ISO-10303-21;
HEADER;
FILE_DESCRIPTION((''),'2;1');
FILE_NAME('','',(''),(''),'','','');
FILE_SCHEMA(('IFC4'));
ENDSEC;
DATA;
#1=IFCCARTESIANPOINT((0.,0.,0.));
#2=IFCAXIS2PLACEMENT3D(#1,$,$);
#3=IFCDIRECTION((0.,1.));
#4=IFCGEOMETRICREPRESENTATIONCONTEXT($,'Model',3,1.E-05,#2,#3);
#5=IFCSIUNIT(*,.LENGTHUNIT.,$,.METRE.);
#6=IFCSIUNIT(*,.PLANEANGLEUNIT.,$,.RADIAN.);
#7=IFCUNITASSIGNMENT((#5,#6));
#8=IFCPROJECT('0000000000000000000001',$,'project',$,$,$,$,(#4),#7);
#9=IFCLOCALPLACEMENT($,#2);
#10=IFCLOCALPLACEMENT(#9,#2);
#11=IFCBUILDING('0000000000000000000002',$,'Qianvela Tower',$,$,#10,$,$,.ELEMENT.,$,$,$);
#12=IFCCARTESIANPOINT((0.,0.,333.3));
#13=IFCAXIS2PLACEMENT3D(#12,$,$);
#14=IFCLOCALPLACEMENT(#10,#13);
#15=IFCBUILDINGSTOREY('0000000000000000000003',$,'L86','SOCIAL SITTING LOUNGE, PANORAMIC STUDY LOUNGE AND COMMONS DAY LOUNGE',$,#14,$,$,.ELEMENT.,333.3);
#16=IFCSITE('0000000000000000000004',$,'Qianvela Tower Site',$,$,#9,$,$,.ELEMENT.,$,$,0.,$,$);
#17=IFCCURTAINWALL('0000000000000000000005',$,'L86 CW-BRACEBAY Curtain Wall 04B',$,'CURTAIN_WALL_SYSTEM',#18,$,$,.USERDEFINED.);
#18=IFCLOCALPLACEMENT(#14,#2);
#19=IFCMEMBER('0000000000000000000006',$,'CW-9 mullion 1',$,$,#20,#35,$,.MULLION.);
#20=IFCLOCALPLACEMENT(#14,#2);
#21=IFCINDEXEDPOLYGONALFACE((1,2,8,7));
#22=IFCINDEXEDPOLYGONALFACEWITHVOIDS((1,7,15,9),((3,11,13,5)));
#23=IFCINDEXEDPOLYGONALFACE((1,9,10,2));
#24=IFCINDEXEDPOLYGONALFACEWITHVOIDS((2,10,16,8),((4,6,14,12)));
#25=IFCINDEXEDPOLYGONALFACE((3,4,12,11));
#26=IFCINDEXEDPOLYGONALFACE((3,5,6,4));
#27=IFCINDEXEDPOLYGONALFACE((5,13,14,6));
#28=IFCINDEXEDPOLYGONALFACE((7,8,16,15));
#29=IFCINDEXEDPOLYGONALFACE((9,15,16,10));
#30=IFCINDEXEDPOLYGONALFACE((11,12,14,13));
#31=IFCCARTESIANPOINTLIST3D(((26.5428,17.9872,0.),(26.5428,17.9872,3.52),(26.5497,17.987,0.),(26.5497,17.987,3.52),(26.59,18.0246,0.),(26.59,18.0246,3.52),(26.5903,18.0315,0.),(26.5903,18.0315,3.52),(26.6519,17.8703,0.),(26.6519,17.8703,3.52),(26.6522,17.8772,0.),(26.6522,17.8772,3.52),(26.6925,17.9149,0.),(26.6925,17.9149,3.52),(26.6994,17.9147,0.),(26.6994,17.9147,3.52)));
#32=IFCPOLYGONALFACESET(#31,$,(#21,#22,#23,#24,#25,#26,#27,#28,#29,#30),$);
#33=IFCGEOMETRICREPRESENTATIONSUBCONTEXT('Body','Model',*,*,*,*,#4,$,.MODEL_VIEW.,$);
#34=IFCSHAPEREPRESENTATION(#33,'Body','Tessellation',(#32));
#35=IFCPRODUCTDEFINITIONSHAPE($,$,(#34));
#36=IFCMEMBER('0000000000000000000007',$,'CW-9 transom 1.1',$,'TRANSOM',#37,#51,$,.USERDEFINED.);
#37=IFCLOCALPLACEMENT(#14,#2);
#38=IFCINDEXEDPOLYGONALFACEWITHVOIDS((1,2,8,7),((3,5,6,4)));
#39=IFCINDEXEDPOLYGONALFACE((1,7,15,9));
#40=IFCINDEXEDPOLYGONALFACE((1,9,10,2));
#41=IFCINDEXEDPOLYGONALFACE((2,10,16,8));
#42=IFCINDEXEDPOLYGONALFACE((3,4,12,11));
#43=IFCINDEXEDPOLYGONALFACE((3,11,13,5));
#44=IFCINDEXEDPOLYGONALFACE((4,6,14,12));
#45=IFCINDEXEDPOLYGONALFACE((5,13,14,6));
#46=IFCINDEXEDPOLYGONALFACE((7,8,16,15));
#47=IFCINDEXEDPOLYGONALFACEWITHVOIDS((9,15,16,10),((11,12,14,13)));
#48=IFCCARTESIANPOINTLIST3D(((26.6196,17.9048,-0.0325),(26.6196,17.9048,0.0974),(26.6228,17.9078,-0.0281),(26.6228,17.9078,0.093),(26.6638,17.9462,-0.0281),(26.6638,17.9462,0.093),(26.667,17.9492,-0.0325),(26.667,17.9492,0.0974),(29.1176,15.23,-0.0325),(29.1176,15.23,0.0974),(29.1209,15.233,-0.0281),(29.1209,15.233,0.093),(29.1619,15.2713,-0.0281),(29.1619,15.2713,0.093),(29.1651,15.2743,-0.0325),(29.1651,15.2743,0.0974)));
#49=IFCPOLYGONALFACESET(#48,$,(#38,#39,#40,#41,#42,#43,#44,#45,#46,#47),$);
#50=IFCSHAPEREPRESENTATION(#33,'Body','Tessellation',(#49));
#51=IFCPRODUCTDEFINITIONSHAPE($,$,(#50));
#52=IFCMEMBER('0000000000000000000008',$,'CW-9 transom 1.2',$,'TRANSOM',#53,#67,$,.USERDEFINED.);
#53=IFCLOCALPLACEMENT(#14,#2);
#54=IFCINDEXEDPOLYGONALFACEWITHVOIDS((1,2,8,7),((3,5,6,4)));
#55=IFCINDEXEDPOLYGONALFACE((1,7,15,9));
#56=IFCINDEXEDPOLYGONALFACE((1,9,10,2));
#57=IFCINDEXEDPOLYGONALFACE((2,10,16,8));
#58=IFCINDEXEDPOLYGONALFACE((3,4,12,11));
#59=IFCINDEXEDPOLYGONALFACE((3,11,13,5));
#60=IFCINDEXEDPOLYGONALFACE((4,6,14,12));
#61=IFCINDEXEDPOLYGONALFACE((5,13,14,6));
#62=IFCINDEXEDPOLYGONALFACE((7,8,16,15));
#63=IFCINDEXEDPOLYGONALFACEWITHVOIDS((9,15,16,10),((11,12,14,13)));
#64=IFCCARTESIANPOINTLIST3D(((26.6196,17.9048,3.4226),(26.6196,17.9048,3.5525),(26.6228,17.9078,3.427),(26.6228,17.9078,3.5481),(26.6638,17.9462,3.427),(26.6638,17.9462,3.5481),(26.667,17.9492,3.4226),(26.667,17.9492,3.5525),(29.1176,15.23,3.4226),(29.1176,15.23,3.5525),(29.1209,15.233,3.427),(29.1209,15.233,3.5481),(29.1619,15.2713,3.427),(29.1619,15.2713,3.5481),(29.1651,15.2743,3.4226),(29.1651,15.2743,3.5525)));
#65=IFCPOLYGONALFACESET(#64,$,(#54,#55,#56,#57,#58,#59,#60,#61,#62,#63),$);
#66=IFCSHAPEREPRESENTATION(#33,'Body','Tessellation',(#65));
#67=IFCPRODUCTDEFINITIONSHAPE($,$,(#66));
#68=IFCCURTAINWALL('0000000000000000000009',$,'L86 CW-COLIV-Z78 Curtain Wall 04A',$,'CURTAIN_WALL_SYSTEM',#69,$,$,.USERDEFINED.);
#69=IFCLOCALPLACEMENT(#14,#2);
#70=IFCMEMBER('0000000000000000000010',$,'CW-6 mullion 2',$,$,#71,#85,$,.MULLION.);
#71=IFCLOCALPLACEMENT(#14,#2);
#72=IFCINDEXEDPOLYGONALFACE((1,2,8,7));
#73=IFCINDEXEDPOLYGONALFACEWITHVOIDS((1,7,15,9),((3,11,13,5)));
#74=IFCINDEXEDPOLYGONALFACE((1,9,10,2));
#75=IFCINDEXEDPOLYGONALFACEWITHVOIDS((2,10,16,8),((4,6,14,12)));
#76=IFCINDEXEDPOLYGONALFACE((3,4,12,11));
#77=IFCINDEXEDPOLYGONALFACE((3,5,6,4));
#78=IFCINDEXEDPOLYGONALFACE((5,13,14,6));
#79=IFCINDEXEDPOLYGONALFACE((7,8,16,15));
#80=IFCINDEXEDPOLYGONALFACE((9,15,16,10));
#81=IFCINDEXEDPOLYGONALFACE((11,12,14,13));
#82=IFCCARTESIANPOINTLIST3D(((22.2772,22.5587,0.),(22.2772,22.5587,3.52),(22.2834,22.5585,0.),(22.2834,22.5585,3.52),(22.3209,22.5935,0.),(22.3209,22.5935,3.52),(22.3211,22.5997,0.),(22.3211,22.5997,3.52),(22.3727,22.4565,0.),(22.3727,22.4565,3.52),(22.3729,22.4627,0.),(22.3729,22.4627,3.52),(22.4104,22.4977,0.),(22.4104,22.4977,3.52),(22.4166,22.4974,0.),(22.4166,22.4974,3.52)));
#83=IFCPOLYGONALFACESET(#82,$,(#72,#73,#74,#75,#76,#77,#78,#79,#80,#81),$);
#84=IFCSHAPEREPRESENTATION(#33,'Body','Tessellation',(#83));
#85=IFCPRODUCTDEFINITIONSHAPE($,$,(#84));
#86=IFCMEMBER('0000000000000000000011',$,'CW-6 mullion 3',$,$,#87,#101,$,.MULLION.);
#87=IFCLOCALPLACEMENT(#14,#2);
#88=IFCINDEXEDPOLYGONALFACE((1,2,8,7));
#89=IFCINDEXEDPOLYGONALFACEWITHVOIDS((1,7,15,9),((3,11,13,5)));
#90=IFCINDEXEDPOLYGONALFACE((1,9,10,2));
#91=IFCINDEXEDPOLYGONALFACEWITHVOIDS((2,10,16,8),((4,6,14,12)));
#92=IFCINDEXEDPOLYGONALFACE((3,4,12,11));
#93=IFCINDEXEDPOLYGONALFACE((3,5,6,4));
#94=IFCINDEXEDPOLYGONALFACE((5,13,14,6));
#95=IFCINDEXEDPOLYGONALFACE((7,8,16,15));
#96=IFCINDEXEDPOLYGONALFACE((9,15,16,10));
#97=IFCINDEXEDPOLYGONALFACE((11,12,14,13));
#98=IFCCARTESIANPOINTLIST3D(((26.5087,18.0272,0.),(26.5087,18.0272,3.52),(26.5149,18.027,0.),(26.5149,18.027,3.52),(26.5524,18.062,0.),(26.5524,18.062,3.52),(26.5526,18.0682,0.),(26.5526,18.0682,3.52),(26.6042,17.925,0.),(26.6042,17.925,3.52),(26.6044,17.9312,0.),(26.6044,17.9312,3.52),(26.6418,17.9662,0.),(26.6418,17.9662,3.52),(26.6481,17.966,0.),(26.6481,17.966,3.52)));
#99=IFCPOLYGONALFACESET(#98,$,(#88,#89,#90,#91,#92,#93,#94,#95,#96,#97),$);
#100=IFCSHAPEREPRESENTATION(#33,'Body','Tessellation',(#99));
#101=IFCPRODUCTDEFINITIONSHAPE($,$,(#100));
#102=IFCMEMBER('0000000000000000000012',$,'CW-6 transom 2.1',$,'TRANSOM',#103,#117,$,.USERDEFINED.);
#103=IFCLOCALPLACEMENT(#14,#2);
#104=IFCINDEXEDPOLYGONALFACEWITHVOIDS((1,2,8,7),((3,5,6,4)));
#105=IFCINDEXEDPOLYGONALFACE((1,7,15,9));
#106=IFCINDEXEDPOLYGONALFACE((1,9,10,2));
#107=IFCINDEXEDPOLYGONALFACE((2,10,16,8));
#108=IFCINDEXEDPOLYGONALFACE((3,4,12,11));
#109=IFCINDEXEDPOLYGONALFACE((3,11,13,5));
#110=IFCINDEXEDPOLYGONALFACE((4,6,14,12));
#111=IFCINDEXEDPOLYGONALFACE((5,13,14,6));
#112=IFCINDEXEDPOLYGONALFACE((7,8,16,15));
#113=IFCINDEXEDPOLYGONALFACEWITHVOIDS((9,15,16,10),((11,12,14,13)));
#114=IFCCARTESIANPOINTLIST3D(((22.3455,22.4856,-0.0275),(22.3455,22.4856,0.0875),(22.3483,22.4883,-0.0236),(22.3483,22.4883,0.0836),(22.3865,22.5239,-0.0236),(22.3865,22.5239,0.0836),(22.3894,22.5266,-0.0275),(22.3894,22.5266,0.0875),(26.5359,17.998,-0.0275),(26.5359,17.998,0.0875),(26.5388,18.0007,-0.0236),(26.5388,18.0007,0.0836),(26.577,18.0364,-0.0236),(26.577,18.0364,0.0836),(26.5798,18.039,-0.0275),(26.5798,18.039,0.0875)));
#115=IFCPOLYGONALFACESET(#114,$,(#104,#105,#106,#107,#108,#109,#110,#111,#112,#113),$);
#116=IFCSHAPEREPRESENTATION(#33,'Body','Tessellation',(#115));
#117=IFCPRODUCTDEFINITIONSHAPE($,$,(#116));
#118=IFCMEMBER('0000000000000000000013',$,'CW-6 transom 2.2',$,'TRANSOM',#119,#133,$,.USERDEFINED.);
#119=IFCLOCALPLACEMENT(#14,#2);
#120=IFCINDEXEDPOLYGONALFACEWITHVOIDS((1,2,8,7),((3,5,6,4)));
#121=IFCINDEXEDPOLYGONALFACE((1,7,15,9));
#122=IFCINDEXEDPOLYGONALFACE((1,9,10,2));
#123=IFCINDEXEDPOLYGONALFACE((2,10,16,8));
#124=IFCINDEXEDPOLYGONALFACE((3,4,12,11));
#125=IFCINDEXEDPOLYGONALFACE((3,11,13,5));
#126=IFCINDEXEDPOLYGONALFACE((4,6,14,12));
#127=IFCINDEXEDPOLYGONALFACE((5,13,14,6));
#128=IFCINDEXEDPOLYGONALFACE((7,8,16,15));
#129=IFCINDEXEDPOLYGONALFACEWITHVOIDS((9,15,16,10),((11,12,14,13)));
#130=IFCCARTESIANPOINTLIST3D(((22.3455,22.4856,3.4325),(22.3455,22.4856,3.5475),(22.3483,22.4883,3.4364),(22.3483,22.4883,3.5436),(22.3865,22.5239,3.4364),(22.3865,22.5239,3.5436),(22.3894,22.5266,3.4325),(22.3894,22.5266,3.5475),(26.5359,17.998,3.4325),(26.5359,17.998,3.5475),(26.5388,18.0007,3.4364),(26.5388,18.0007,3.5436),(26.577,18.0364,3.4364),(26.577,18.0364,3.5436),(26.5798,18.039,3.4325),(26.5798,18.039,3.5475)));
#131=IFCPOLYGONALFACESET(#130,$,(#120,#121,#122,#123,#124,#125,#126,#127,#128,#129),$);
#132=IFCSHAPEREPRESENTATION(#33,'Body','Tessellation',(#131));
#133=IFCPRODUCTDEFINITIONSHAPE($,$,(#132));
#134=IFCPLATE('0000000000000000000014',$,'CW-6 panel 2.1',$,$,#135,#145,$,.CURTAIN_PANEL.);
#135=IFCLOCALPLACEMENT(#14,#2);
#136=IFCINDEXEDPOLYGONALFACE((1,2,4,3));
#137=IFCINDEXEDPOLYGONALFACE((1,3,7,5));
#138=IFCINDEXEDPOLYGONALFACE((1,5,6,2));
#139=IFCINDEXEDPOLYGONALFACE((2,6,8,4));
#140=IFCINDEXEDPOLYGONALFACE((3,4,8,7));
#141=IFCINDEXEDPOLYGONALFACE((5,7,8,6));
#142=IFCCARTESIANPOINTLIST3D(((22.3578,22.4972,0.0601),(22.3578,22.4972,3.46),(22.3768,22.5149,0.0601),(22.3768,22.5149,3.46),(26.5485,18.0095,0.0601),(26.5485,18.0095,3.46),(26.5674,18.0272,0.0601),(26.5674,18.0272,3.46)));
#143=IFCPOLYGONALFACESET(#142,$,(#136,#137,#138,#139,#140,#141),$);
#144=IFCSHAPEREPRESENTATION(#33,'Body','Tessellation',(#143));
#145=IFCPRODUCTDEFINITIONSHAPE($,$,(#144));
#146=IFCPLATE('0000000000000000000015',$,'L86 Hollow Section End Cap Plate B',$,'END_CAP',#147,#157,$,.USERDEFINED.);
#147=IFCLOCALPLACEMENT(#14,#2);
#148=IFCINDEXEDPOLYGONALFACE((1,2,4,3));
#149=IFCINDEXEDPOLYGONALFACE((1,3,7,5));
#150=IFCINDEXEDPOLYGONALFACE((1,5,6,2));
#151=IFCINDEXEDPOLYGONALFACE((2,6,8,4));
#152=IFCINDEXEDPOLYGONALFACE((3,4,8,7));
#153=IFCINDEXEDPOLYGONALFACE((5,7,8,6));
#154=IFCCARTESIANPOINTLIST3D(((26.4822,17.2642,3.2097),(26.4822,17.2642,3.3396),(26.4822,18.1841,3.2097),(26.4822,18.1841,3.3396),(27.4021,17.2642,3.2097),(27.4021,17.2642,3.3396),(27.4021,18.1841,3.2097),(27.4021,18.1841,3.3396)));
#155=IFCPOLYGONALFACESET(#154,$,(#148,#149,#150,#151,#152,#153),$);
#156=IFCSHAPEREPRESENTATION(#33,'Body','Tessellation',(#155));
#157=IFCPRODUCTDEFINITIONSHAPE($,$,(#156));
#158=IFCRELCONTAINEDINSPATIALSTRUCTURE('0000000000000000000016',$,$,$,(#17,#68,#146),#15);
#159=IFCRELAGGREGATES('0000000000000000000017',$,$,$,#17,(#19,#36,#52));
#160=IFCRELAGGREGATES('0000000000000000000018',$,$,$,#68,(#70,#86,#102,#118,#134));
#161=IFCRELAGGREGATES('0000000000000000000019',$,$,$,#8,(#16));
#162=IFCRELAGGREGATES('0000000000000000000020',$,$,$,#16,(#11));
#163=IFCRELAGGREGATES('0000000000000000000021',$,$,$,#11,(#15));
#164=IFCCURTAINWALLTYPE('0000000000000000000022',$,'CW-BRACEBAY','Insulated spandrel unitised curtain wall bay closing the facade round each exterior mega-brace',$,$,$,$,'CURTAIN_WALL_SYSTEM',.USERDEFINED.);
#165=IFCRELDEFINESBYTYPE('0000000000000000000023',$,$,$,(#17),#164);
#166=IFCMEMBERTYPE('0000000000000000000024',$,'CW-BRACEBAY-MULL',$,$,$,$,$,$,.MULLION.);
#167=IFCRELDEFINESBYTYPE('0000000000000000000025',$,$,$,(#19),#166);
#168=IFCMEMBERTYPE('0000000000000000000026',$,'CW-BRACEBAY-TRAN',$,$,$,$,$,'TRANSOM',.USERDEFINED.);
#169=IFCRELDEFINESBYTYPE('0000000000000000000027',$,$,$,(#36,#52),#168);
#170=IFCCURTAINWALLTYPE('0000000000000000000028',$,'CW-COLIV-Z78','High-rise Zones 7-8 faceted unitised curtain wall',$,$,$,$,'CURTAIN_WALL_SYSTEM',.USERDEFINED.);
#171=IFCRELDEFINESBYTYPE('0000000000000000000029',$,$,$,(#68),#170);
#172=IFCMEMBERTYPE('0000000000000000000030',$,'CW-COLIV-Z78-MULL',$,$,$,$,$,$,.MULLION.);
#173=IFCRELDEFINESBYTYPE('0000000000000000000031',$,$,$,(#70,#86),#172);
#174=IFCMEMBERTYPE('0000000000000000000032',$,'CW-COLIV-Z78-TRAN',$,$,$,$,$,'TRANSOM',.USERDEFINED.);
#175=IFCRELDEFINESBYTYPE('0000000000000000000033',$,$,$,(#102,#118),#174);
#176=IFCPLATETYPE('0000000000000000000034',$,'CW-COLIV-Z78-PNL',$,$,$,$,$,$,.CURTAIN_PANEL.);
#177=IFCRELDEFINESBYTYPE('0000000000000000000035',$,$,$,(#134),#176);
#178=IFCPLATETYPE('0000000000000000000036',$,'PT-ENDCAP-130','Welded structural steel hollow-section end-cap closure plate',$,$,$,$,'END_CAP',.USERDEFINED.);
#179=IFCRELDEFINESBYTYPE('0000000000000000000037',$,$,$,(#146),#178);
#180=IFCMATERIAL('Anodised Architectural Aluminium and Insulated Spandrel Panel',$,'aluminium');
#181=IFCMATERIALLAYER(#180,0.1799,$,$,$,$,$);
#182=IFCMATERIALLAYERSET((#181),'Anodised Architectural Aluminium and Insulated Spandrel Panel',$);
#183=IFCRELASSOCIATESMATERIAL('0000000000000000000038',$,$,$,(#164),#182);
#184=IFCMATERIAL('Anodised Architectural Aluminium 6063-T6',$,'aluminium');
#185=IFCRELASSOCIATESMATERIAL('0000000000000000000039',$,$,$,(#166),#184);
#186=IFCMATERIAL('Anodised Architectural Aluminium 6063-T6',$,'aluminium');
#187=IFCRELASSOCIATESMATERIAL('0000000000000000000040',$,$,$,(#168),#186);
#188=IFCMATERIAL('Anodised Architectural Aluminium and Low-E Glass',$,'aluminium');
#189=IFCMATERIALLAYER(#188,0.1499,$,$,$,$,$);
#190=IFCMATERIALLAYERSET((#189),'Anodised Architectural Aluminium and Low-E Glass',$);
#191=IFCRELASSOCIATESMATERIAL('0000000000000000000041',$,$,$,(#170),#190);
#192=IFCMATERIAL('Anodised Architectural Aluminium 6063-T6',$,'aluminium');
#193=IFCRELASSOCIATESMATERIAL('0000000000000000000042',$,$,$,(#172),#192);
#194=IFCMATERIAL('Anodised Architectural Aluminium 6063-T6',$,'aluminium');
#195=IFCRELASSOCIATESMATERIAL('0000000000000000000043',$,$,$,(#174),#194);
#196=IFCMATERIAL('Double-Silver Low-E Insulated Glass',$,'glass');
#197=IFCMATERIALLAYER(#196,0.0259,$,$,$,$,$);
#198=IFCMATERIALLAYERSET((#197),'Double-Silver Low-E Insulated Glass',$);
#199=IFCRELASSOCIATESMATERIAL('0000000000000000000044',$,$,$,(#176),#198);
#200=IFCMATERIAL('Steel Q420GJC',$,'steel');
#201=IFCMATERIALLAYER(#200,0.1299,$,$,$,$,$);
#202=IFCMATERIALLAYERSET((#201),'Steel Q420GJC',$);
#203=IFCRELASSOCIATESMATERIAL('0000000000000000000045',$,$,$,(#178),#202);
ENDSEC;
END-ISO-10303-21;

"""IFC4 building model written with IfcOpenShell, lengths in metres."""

from ifc_helpers import new_model, si_unit, direction, frame, origin, origin_2d, place, context, subcontext, project, spatial, rectangle, hollow_rectangle, extrude, material, layer, layer_set, material_profile, profile_set, type_object, element, aggregate, save


model = new_model("IFC4")

# Units and contexts
model_context = context("Model", 3, precision=1e-05, world=origin(), true_north=direction((0.0, 1.0)))
body_context = subcontext(model_context, "Body", "Model", "MODEL_VIEW")
ifc_project = project(units=[si_unit("LENGTHUNIT", "METRE"), si_unit("PLANEANGLEUNIT", "RADIAN")], contexts=[model_context])

# Site, building, storey
site_placement = place(None, origin())
site = spatial("IfcSite", under=ifc_project, at=site_placement, Name="Qianvela Tower Site", CompositionType="ELEMENT", RefElevation=0.0)
building_placement = place(site_placement, origin())
building = spatial("IfcBuilding", under=site, at=building_placement, Name="Qianvela Tower", CompositionType="ELEMENT")
storey_placement = place(building_placement, frame((0.0, 0.0, 333.3)))
storey = spatial("IfcBuildingStorey", under=building, at=storey_placement, Name="L86", Description="SOCIAL SITTING LOUNGE, PANORAMIC STUDY LOUNGE AND COMMONS DAY LOUNGE", CompositionType="ELEMENT", Elevation=333.3)

# Curtain wall, members
ifc_material_1 = material(Name="Anodised Architectural Aluminium and Insulated Spandrel Panel", Category="aluminium")
ifc_layer_1 = layer(ifc_material_1, 0.1799)
ifc_layer_set_1 = layer_set([ifc_layer_1], Name="Anodised Architectural Aluminium and Insulated Spandrel Panel")
curtain_wall_type_1 = type_object("IfcCurtainWallType", Name="CW-BRACEBAY", Description="Insulated spandrel unitised curtain wall bay closing the facade round each exterior mega-brace", ElementType="CURTAIN_WALL_SYSTEM", PredefinedType="USERDEFINED", material=ifc_layer_set_1)
curtain_wall_1_placement = place(storey_placement, origin())
curtain_wall_1 = element("IfcCurtainWall", 1, at=curtain_wall_1_placement, inside=storey, type_object=curtain_wall_type_1, Name="L86 CW-BRACEBAY Curtain Wall 04B", ObjectType="CURTAIN_WALL_SYSTEM", PredefinedType="USERDEFINED")
ifc_material_2 = material(Name="Anodised Architectural Aluminium 6063-T6", Category="aluminium")
ifc_material_profile_1 = material_profile(ifc_material_2, hollow_rectangle(XDim=0.0649, YDim=0.1599, WallThickness=0.0049, at=origin_2d()), Name="ALU-MULL-65x160")
ifc_profile_set_1 = profile_set([ifc_material_profile_1], Name="Anodised Architectural Aluminium 6063-T6")
member_type_1 = type_object("IfcMemberType", Name="CW-BRACEBAY-MULL", PredefinedType="MULLION", material=ifc_profile_set_1)
member_1_placement = place(storey_placement, frame((26.6211, 17.9509, 0.0), z_axis=(0.0, 0.0, 1.0), x_axis=(0.730875, 0.682511, 0.0)))
member_1 = element("IfcMember", 2, at=member_1_placement, type_object=member_type_1, Name="CW-9 mullion 1", PredefinedType="MULLION", context=body_context, shape_type="SweptSolid", body=[
    extrude(hollow_rectangle(XDim=0.0649, YDim=0.1599, WallThickness=0.0049, at=origin_2d()), origin(), (0.0, 0.0, 1.0), 3.52),
])
ifc_material_3 = material(Name="Anodised Architectural Aluminium 6063-T6", Category="aluminium")
ifc_material_profile_2 = material_profile(ifc_material_3, hollow_rectangle(XDim=0.0649, YDim=0.1299, WallThickness=0.0044, at=origin_2d()), Name="ALU-TRAN-65x130")
ifc_profile_set_2 = profile_set([ifc_material_profile_2], Name="Anodised Architectural Aluminium 6063-T6")
member_type_2 = type_object("IfcMemberType", Name="CW-BRACEBAY-TRAN", ElementType="TRANSOM", PredefinedType="USERDEFINED", material=ifc_profile_set_2)
member_2_placement = place(storey_placement, frame((26.6433, 17.927, 0.0325), z_axis=(0.682546, -0.730842, 0.0), x_axis=(0.730842, 0.682546, 0.0)))
member_2 = element("IfcMember", 3, at=member_2_placement, type_object=member_type_2, Name="CW-9 transom 1.1", ObjectType="TRANSOM", PredefinedType="USERDEFINED", context=body_context, shape_type="SweptSolid", body=[
    extrude(hollow_rectangle(XDim=0.0649, YDim=0.1299, WallThickness=0.0044, at=origin_2d()), origin(), (0.0, 0.0, 1.0), 3.6599),
])
member_3_placement = place(storey_placement, frame((26.6433, 17.927, 3.4875), z_axis=(0.682546, -0.730842, 0.0), x_axis=(0.730842, 0.682546, 0.0)))
member_3 = element("IfcMember", 4, at=member_3_placement, type_object=member_type_2, Name="CW-9 transom 1.2", ObjectType="TRANSOM", PredefinedType="USERDEFINED", context=body_context, shape_type="SweptSolid", body=[
    extrude(hollow_rectangle(XDim=0.0649, YDim=0.1299, WallThickness=0.0044, at=origin_2d()), origin(), (0.0, 0.0, 1.0), 3.6599),
])
aggregate(curtain_wall_1, [member_1, member_2, member_3])

# Curtain wall, members, plate
ifc_material_4 = material(Name="Anodised Architectural Aluminium and Low-E Glass", Category="aluminium")
ifc_layer_2 = layer(ifc_material_4, 0.1499)
ifc_layer_set_2 = layer_set([ifc_layer_2], Name="Anodised Architectural Aluminium and Low-E Glass")
curtain_wall_type_2 = type_object("IfcCurtainWallType", Name="CW-COLIV-Z78", Description="High-rise Zones 7-8 faceted unitised curtain wall", ElementType="CURTAIN_WALL_SYSTEM", PredefinedType="USERDEFINED", material=ifc_layer_set_2)
curtain_wall_2_placement = place(storey_placement, origin())
curtain_wall_2 = element("IfcCurtainWall", 5, at=curtain_wall_2_placement, inside=storey, type_object=curtain_wall_type_2, Name="L86 CW-COLIV-Z78 Curtain Wall 04A", ObjectType="CURTAIN_WALL_SYSTEM", PredefinedType="USERDEFINED")
ifc_material_5 = material(Name="Anodised Architectural Aluminium 6063-T6", Category="aluminium")
ifc_material_profile_3 = material_profile(ifc_material_5, hollow_rectangle(XDim=0.0601, YDim=0.1399, WallThickness=0.0044, at=origin_2d()), Name="ALU-MULL-60x140")
ifc_profile_set_3 = profile_set([ifc_material_profile_3], Name="Anodised Architectural Aluminium 6063-T6")
member_type_3 = type_object("IfcMemberType", Name="CW-COLIV-Z78-MULL", PredefinedType="MULLION", material=ifc_profile_set_3)
member_4_placement = place(storey_placement, frame((22.3469, 22.5281, 0.0), z_axis=(0.0, 0.0, 1.0), x_axis=(0.730878, 0.682508, 0.0)))
member_4 = element("IfcMember", 6, at=member_4_placement, type_object=member_type_3, Name="CW-6 mullion 2", PredefinedType="MULLION", context=body_context, shape_type="SweptSolid", body=[
    extrude(hollow_rectangle(XDim=0.0601, YDim=0.1399, WallThickness=0.0044, at=origin_2d()), origin(), (0.0, 0.0, 1.0), 3.52),
])
member_5_placement = place(storey_placement, frame((26.5784, 17.9966, 0.0), z_axis=(0.0, 0.0, 1.0), x_axis=(0.730878, 0.682508, 0.0)))
member_5 = element("IfcMember", 7, at=member_5_placement, type_object=member_type_3, Name="CW-6 mullion 3", PredefinedType="MULLION", context=body_context, shape_type="SweptSolid", body=[
    extrude(hollow_rectangle(XDim=0.0601, YDim=0.1399, WallThickness=0.0044, at=origin_2d()), origin(), (0.0, 0.0, 1.0), 3.52),
])
ifc_material_6 = material(Name="Anodised Architectural Aluminium 6063-T6", Category="aluminium")
ifc_material_profile_4 = material_profile(ifc_material_6, hollow_rectangle(XDim=0.0601, YDim=0.115, WallThickness=0.0039, at=origin_2d()), Name="ALU-TRAN-60x115")
ifc_profile_set_4 = profile_set([ifc_material_profile_4], Name="Anodised Architectural Aluminium 6063-T6")
member_type_4 = type_object("IfcMemberType", Name="CW-COLIV-Z78-TRAN", ElementType="TRANSOM", PredefinedType="USERDEFINED", material=ifc_profile_set_4)
member_6_placement = place(storey_placement, frame((22.3674, 22.5061, 0.03), z_axis=(0.682497, -0.730889, 0.0), x_axis=(0.730889, 0.682497, 0.0)))
member_6 = element("IfcMember", 8, at=member_6_placement, type_object=member_type_4, Name="CW-6 transom 2.1", ObjectType="TRANSOM", PredefinedType="USERDEFINED", context=body_context, shape_type="SweptSolid", body=[
    extrude(hollow_rectangle(XDim=0.0601, YDim=0.115, WallThickness=0.0039, at=origin_2d()), origin(), (0.0, 0.0, 1.0), 6.1399),
])
member_7_placement = place(storey_placement, frame((22.3674, 22.5061, 3.49), z_axis=(0.682497, -0.730889, 0.0), x_axis=(0.730889, 0.682497, 0.0)))
member_7 = element("IfcMember", 9, at=member_7_placement, type_object=member_type_4, Name="CW-6 transom 2.2", ObjectType="TRANSOM", PredefinedType="USERDEFINED", context=body_context, shape_type="SweptSolid", body=[
    extrude(hollow_rectangle(XDim=0.0601, YDim=0.115, WallThickness=0.0039, at=origin_2d()), origin(), (0.0, 0.0, 1.0), 6.1399),
])
ifc_material_7 = material(Name="Double-Silver Low-E Insulated Glass", Category="glass")
ifc_layer_3 = layer(ifc_material_7, 0.0259)
ifc_layer_set_3 = layer_set([ifc_layer_3], Name="Double-Silver Low-E Insulated Glass")
plate_type_1 = type_object("IfcPlateType", Name="CW-COLIV-Z78-PNL", PredefinedType="CURTAIN_PANEL", material=ifc_layer_set_3)
plate_1_placement = place(storey_placement, frame((24.4626, 20.2622, 0.0601), z_axis=(0.0, 0.0, 1.0), x_axis=(0.682508, -0.730878, 0.0)))
plate_1 = element("IfcPlate", 10, at=plate_1_placement, type_object=plate_type_1, Name="CW-6 panel 2.1", PredefinedType="CURTAIN_PANEL", context=body_context, shape_type="SweptSolid", body=[
    extrude(rectangle(XDim=6.1401, YDim=0.0259, at=origin_2d()), origin(), (0.0, 0.0, 1.0), 3.3999),
])
aggregate(curtain_wall_2, [member_4, member_5, member_6, member_7, plate_1])

# Plate
ifc_material_8 = material(Name="Steel Q420GJC", Category="steel")
ifc_layer_4 = layer(ifc_material_8, 0.1299)
ifc_layer_set_4 = layer_set([ifc_layer_4], Name="Steel Q420GJC")
plate_type_2 = type_object("IfcPlateType", Name="PT-ENDCAP-130", Description="Welded structural steel hollow-section end-cap closure plate", ElementType="END_CAP", PredefinedType="USERDEFINED", material=ifc_layer_set_4)
plate_2_placement = place(storey_placement, frame((26.9421, 17.7241, 3.2097), z_axis=(0.0, 0.0, 1.0), x_axis=(1.0, 0.0, 0.0)))
element("IfcPlate", 11, at=plate_2_placement, inside=storey, type_object=plate_type_2, Name="L86 Hollow Section End Cap Plate B", ObjectType="END_CAP", PredefinedType="USERDEFINED", context=body_context, shape_type="SweptSolid", body=[
    extrude(rectangle(XDim=0.9199, YDim=0.9199, at=origin_2d()), origin(), (0.0, 0.0, 1.0), 0.1299),
])

save(model, "model.ifc")
